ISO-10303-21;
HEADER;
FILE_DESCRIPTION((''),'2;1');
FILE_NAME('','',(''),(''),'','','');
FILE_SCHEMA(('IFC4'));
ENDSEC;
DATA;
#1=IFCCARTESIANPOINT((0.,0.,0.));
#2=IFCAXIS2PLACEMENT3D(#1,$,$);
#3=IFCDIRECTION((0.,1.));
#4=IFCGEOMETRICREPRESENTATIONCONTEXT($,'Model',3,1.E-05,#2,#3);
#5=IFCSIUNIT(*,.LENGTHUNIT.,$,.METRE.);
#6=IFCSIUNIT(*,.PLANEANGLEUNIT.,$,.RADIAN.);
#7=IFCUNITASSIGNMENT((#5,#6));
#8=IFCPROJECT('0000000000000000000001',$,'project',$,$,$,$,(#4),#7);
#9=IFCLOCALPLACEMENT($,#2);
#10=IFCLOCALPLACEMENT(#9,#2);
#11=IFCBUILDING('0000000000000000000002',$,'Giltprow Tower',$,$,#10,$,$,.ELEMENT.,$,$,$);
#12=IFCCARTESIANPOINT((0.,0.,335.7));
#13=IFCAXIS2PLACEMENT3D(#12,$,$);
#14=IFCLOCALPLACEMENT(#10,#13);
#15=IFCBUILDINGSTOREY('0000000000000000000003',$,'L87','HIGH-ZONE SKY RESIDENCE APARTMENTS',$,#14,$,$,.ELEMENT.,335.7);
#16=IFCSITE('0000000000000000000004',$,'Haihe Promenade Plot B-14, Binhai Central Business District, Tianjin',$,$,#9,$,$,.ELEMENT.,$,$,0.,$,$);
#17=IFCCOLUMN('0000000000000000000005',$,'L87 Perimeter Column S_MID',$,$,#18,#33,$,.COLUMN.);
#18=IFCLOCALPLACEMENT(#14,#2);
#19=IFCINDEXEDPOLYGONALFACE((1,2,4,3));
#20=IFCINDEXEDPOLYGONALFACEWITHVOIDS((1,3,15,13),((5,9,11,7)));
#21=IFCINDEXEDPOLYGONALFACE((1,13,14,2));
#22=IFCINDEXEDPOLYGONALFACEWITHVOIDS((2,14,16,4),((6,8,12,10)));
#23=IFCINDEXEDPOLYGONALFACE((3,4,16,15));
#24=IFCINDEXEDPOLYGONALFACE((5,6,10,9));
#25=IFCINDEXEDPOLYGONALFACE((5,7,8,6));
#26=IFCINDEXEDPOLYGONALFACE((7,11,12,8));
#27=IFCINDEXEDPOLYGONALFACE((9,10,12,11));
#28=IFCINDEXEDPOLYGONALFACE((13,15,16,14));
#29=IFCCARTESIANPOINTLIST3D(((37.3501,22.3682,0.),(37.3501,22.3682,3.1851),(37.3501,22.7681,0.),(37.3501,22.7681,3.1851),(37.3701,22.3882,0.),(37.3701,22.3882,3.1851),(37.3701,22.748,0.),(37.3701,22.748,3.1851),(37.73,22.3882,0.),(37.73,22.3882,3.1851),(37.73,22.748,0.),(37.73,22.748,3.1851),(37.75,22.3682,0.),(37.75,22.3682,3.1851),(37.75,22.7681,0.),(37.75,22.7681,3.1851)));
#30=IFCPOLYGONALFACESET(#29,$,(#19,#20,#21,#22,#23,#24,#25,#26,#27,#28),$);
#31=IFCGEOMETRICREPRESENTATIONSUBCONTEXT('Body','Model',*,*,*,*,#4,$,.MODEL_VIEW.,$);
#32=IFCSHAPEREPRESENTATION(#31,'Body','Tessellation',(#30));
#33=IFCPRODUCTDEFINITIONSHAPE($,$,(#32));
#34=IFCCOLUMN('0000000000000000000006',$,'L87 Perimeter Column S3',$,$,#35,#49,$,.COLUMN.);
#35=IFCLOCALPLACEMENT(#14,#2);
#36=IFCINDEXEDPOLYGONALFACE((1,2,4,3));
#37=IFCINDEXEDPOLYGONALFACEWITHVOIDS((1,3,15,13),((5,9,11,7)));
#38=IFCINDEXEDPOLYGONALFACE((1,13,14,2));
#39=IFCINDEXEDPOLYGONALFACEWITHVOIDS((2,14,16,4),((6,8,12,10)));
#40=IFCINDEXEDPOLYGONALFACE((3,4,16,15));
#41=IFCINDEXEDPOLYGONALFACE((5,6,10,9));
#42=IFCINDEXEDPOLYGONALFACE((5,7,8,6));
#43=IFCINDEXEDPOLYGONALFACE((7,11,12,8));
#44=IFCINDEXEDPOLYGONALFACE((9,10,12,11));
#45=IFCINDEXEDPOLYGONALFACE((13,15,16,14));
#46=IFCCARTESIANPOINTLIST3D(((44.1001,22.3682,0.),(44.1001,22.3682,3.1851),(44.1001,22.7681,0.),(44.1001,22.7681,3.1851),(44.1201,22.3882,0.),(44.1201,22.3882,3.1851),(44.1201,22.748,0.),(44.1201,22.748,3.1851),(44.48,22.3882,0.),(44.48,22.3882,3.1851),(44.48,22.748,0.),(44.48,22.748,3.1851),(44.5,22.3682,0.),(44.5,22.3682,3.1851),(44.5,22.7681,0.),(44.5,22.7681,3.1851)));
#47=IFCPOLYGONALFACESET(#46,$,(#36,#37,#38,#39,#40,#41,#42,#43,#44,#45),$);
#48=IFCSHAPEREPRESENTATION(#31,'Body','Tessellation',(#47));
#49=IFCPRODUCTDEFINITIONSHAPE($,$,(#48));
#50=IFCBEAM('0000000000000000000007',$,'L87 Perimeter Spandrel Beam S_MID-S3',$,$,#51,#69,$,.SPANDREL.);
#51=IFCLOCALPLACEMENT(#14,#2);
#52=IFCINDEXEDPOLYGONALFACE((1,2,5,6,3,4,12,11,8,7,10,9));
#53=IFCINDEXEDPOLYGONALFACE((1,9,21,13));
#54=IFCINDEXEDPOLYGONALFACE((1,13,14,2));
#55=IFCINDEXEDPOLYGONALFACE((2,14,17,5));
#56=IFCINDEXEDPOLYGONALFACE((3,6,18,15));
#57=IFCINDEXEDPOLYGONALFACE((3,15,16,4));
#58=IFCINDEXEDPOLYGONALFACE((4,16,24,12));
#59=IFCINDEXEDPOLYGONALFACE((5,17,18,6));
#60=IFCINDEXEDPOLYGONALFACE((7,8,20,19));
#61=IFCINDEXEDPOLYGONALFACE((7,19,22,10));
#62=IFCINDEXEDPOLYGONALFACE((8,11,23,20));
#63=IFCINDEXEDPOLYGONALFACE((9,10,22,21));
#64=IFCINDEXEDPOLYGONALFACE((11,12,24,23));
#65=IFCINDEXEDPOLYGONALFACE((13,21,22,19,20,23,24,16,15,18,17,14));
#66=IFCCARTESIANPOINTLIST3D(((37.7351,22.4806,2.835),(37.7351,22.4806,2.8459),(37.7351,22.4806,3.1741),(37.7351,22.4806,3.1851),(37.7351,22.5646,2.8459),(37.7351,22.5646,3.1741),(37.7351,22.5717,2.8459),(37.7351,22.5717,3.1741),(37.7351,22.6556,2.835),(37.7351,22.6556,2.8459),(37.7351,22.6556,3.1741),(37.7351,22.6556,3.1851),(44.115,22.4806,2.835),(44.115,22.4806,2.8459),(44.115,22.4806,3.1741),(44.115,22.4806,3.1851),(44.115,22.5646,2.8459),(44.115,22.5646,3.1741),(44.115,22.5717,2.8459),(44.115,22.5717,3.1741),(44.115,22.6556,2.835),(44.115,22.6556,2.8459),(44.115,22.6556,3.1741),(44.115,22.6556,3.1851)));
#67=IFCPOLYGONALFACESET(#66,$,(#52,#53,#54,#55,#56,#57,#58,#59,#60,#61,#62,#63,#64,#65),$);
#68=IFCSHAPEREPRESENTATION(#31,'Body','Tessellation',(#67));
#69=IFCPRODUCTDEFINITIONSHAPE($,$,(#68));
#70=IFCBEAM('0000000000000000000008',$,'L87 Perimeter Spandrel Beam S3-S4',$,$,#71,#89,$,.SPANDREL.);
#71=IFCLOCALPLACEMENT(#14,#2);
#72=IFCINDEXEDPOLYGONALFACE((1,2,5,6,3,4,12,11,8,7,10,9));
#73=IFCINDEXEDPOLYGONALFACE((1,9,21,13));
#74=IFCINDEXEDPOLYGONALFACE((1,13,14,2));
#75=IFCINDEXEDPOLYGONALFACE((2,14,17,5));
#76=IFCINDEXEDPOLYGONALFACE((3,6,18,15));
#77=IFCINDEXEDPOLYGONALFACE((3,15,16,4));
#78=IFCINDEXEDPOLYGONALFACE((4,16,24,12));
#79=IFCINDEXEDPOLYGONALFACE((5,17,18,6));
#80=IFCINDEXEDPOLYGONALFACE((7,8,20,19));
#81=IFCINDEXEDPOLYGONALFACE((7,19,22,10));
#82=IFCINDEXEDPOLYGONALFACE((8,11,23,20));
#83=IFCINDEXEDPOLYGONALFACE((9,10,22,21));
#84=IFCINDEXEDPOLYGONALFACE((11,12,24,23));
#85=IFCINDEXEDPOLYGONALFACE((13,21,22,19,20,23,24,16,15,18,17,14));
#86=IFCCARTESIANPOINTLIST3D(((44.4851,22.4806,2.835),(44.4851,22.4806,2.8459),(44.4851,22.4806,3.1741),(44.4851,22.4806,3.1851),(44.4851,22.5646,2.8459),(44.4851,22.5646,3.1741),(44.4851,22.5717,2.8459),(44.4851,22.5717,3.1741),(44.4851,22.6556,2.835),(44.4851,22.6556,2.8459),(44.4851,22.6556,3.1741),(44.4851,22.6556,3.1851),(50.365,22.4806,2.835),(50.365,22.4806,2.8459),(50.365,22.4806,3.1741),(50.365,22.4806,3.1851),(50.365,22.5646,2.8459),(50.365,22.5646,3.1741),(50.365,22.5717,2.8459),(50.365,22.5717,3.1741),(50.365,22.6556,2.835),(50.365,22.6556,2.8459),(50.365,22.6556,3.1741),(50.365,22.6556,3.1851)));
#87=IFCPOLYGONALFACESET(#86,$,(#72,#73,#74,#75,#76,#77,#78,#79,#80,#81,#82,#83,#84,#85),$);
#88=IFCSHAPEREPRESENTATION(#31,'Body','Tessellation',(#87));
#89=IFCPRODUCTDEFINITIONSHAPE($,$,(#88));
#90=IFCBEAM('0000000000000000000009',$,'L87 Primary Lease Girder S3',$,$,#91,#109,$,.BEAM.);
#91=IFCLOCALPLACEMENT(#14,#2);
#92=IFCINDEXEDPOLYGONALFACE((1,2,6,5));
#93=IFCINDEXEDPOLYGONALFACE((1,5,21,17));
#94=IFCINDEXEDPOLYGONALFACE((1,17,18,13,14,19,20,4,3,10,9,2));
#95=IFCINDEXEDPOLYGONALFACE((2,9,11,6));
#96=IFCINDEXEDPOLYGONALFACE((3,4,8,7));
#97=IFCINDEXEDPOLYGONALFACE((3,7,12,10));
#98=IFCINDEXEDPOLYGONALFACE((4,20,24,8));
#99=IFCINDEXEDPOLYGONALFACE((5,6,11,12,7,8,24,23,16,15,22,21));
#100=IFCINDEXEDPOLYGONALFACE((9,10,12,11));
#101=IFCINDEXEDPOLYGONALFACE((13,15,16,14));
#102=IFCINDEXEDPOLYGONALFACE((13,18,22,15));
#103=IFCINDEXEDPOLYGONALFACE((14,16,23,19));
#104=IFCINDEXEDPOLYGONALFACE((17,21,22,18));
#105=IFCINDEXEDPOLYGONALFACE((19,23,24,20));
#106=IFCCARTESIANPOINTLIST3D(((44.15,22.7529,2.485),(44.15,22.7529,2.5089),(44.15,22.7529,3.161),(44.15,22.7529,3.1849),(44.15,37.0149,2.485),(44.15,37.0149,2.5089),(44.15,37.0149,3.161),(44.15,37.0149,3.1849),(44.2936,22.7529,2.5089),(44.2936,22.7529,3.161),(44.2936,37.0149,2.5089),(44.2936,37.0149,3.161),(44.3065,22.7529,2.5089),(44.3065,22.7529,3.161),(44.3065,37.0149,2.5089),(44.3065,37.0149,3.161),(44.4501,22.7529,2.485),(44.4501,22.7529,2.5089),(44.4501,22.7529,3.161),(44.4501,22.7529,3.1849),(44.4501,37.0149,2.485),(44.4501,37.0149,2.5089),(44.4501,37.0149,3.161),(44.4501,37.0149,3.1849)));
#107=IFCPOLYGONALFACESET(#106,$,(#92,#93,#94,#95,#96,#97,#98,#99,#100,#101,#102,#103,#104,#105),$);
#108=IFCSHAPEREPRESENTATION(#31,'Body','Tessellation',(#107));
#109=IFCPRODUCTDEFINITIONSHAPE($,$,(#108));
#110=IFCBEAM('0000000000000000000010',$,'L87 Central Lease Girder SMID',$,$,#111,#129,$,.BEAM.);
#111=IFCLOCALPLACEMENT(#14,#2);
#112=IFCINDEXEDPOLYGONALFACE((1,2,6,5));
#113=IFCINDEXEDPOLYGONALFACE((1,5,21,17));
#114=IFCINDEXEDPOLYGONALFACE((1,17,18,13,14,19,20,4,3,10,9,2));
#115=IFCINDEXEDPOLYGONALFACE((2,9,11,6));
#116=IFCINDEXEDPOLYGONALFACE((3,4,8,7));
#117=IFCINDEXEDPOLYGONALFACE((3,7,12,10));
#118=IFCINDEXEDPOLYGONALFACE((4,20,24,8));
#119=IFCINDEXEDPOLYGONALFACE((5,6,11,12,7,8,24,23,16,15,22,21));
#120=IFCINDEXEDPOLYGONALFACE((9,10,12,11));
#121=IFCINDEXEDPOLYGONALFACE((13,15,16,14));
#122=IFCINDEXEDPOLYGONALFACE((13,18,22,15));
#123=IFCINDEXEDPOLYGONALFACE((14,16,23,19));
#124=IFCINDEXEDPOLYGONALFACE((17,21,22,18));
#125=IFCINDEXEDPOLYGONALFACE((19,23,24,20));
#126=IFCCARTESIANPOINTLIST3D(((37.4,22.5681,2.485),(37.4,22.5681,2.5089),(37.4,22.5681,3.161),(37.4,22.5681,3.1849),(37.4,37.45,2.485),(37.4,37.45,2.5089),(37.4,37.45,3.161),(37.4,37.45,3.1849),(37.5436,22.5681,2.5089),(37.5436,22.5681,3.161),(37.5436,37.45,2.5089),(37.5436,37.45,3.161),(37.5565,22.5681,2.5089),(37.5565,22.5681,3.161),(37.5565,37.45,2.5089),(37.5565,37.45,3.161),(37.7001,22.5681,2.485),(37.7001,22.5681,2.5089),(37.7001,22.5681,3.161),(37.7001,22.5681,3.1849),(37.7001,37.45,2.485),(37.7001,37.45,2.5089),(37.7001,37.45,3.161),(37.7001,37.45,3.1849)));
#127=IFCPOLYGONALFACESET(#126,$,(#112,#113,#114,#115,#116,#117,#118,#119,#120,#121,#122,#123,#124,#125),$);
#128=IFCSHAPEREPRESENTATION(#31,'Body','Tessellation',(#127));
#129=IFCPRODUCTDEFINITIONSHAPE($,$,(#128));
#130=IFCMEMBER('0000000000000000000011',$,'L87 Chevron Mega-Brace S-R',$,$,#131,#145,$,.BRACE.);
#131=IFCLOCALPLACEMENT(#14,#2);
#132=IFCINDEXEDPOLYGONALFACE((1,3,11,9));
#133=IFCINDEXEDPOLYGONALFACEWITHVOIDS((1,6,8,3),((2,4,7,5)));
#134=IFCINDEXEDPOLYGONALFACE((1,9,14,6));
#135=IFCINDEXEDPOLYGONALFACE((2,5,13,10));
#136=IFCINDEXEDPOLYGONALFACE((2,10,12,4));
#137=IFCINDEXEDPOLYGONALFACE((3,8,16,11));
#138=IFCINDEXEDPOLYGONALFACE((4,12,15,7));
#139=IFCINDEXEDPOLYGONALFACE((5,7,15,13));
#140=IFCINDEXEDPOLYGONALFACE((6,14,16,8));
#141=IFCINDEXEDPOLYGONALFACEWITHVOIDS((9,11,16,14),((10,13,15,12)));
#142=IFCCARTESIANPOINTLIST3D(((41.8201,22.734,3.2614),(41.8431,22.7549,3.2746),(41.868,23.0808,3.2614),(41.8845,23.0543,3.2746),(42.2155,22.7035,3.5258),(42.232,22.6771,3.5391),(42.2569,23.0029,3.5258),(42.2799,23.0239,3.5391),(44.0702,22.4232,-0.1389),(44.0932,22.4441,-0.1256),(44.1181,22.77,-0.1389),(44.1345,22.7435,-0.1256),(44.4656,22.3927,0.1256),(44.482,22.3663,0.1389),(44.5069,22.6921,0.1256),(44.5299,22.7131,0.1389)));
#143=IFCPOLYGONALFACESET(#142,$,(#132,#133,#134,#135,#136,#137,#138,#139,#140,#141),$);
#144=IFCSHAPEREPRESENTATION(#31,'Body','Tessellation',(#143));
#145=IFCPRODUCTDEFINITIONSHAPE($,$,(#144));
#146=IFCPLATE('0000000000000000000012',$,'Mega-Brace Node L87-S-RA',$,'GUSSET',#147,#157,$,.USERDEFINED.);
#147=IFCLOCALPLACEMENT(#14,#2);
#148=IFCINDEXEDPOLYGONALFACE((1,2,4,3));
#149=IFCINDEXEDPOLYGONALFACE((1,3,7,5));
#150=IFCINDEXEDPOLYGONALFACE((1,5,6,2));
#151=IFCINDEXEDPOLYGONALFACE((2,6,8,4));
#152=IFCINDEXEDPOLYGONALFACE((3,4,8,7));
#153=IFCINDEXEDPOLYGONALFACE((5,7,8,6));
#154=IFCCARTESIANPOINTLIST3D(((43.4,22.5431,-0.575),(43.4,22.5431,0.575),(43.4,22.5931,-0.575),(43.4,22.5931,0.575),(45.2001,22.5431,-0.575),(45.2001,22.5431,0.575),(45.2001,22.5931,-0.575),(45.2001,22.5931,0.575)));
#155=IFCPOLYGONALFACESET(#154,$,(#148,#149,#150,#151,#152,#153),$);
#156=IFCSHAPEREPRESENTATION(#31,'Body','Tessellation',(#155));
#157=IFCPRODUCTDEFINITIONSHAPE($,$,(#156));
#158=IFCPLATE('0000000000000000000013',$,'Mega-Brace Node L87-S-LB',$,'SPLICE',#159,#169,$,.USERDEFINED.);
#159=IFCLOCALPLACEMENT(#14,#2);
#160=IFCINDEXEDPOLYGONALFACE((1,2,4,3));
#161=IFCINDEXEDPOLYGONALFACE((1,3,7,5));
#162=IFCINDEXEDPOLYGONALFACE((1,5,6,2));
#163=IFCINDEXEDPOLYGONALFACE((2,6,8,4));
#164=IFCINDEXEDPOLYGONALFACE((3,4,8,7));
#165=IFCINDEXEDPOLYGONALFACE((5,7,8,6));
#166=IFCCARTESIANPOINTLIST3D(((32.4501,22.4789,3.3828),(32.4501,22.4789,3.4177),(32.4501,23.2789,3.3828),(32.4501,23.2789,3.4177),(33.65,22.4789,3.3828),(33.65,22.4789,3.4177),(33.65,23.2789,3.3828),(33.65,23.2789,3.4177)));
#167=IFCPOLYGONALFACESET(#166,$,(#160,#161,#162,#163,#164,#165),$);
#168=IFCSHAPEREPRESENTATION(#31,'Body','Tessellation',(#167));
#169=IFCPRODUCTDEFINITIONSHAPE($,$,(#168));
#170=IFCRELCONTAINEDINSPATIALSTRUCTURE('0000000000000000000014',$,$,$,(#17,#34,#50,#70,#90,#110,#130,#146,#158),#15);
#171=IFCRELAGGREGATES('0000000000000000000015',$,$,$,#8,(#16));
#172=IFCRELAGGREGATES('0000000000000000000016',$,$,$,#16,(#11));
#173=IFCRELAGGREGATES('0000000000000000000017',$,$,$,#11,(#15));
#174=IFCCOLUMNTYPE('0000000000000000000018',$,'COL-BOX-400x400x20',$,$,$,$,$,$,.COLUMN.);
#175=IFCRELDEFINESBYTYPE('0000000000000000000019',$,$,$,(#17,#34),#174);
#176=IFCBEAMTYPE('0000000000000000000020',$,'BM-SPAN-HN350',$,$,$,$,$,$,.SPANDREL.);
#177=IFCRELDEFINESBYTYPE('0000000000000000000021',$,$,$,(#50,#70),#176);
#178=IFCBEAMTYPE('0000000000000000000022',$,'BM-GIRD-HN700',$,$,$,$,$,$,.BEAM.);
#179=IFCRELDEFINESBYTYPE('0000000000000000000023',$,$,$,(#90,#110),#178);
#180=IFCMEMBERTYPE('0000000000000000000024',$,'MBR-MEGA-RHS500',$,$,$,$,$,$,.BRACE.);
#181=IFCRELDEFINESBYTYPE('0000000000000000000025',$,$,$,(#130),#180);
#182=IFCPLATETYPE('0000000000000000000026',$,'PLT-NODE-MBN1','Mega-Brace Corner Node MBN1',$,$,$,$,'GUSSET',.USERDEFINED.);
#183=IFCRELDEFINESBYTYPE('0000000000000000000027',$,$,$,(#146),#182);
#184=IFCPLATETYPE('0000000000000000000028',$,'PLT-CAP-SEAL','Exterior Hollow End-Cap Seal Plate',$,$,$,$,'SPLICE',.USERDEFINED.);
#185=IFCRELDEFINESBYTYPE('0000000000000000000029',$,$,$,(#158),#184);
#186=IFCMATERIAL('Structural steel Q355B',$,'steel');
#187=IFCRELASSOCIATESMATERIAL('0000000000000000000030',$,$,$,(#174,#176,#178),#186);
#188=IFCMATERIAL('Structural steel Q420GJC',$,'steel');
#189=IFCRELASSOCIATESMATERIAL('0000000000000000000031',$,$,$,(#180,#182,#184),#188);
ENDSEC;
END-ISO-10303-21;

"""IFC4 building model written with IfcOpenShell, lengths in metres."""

from ifc_helpers import new_model, si_unit, direction, frame, origin, origin_2d, place, context, subcontext, project, spatial, rectangle, hollow_rectangle, i_section, extrude, source, transform, mapped, material, material_profile, profile_set, type_object, element, save


model = new_model("IFC4")

# Units and contexts
model_context = context("Model", 3, precision=1e-05, world=origin(), true_north=direction((0.0, 1.0)))
body_context = subcontext(model_context, "Body", "Model", "MODEL_VIEW")
ifc_project = project(units=[si_unit("LENGTHUNIT", "METRE"), si_unit("PLANEANGLEUNIT", "RADIAN")], contexts=[model_context])

# Site, building, storey
site_placement = place(None, origin())
site = spatial("IfcSite", under=ifc_project, at=site_placement, Name="Haihe Promenade Plot B-14, Binhai Central Business District, Tianjin", CompositionType="ELEMENT", RefElevation=0.0)
building_placement = place(site_placement, origin())
building = spatial("IfcBuilding", under=site, at=building_placement, Name="Giltprow Tower", CompositionType="ELEMENT")
storey_placement = place(building_placement, frame((0.0, 0.0, 335.7)))
storey = spatial("IfcBuildingStorey", under=building, at=storey_placement, Name="L87", Description="HIGH-ZONE SKY RESIDENCE APARTMENTS", CompositionType="ELEMENT", Elevation=335.7)

# Columns
ifc_material_1 = material(Name="Structural steel Q355B", Category="steel")
ifc_material_profile_1 = material_profile(ifc_material_1, hollow_rectangle(XDim=0.3999, YDim=0.3999, WallThickness=0.02, at=origin_2d()), Name="BOX 400x400x20")
ifc_profile_set_1 = profile_set([ifc_material_profile_1], Name="Structural steel Q355B")
column_type = type_object("IfcColumnType", Name="COL-BOX-400x400x20", PredefinedType="COLUMN", material=ifc_profile_set_1)
shared_shape_1 = source(origin(), body_context, "Body", "SweptSolid", [
    extrude(hollow_rectangle(XDim=0.3999, YDim=0.3999, WallThickness=0.02, at=origin_2d()), origin(), (0.0, 0.0, 1.0), 3.1851),
])
for number, where, z_axis, x_axis, name in (
    (1, (37.55, 22.5681, 0.0), (0.0, 0.0, 1.0), (1.0, 0.0, 0.0), "L87 Perimeter Column S_MID"),
    (2, (44.3, 22.5681, 0.0), (0.0, 0.0, 1.0), (1.0, 0.0, 0.0), "L87 Perimeter Column S3"),
):
    element("IfcColumn", number, at=place(storey_placement, frame(where, z_axis=z_axis, x_axis=x_axis)), inside=storey, type_object=column_type, Name=name, PredefinedType="COLUMN", context=body_context, shape_type="MappedRepresentation", body=[
        mapped(shared_shape_1, transform((0.0, 0.0, 0.0), x_axis=(1.0, 0.0, 0.0), y_axis=(0.0, 1.0, 0.0), z_axis=(0.0, 0.0, 1.0), scale=1.0)),
    ])

# Beams
ifc_material_profile_2 = material_profile(ifc_material_1, i_section(OverallWidth=0.175, OverallDepth=0.3501, WebThickness=0.0071, FlangeThickness=0.011, at=origin_2d()), Name="HN 350x175x7x11")
ifc_profile_set_2 = profile_set([ifc_material_profile_2], Name="Structural steel Q355B")
beam_type_1 = type_object("IfcBeamType", Name="BM-SPAN-HN350", PredefinedType="SPANDREL", material=ifc_profile_set_2)
shared_shape_2 = source(origin(), body_context, "Body", "SweptSolid", [
    extrude(i_section(OverallWidth=0.175, OverallDepth=0.3501, WebThickness=0.0071, FlangeThickness=0.011, at=origin_2d()), origin(), (0.0, 0.0, 1.0), 6.3799),
])
beam_1_placement = place(storey_placement, frame((37.7351, 22.5681, 3.01), z_axis=(1.0, 0.0, 0.0), x_axis=(0.0, 1.0, 0.0)))
element("IfcBeam", 3, at=beam_1_placement, inside=storey, type_object=beam_type_1, Name="L87 Perimeter Spandrel Beam S_MID-S3", PredefinedType="SPANDREL", context=body_context, shape_type="MappedRepresentation", body=[
    mapped(shared_shape_2, transform((0.0, 0.0, 0.0), x_axis=(1.0, 0.0, 0.0), y_axis=(0.0, 1.0, 0.0), z_axis=(0.0, 0.0, 1.0), scale=1.0)),
])
shared_shape_3 = source(origin(), body_context, "Body", "SweptSolid", [
    extrude(i_section(OverallWidth=0.175, OverallDepth=0.3501, WebThickness=0.0071, FlangeThickness=0.011, at=origin_2d()), origin(), (0.0, 0.0, 1.0), 5.8799),
])
beam_2_placement = place(storey_placement, frame((44.4851, 22.5681, 3.01), z_axis=(1.0, 0.0, 0.0), x_axis=(0.0, 1.0, 0.0)))
element("IfcBeam", 4, at=beam_2_placement, inside=storey, type_object=beam_type_1, Name="L87 Perimeter Spandrel Beam S3-S4", PredefinedType="SPANDREL", context=body_context, shape_type="MappedRepresentation", body=[
    mapped(shared_shape_3, transform((0.0, 0.0, 0.0), x_axis=(1.0, 0.0, 0.0), y_axis=(0.0, 1.0, 0.0), z_axis=(0.0, 0.0, 1.0), scale=1.0)),
])
ifc_material_profile_3 = material_profile(ifc_material_1, i_section(OverallWidth=0.3, OverallDepth=0.7, WebThickness=0.0129, FlangeThickness=0.0239, at=origin_2d()), Name="HN 700x300x13x24")
ifc_profile_set_3 = profile_set([ifc_material_profile_3], Name="Structural steel Q355B")
beam_type_2 = type_object("IfcBeamType", Name="BM-GIRD-HN700", PredefinedType="BEAM", material=ifc_profile_set_3)
shared_shape_4 = source(origin(), body_context, "Body", "SweptSolid", [
    extrude(i_section(OverallWidth=0.3, OverallDepth=0.7, WebThickness=0.0129, FlangeThickness=0.0239, at=origin_2d()), origin(), (0.0, 0.0, 1.0), 14.262),
])
beam_3_placement = place(storey_placement, frame((44.3, 22.7529, 2.835), z_axis=(0.0, 1.0, 0.0), x_axis=(-1.0, 0.0, 0.0)))
element("IfcBeam", 5, at=beam_3_placement, inside=storey, type_object=beam_type_2, Name="L87 Primary Lease Girder S3", PredefinedType="BEAM", context=body_context, shape_type="MappedRepresentation", body=[
    mapped(shared_shape_4, transform((0.0, 0.0, 0.0), x_axis=(1.0, 0.0, 0.0), y_axis=(0.0, 1.0, 0.0), z_axis=(0.0, 0.0, 1.0), scale=1.0)),
])
shared_shape_5 = source(origin(), body_context, "Body", "SweptSolid", [
    extrude(i_section(OverallWidth=0.3, OverallDepth=0.7, WebThickness=0.0129, FlangeThickness=0.0239, at=origin_2d()), origin(), (0.0, 0.0, 1.0), 14.8818),
])
beam_4_placement = place(storey_placement, frame((37.55, 22.5681, 2.835), z_axis=(0.0, 1.0, 0.0), x_axis=(-1.0, 0.0, 0.0)))
element("IfcBeam", 6, at=beam_4_placement, inside=storey, type_object=beam_type_2, Name="L87 Central Lease Girder SMID", PredefinedType="BEAM", context=body_context, shape_type="MappedRepresentation", body=[
    mapped(shared_shape_5, transform((0.0, 0.0, 0.0), x_axis=(1.0, 0.0, 0.0), y_axis=(0.0, 1.0, 0.0), z_axis=(0.0, 0.0, 1.0), scale=1.0)),
])

# Member
ifc_material_2 = material(Name="Structural steel Q420GJC", Category="steel")
ifc_material_profile_4 = material_profile(ifc_material_2, hollow_rectangle(XDim=0.3501, YDim=0.5, WallThickness=0.0239, at=origin_2d()), Name="RHS 500x350x24")
ifc_profile_set_4 = profile_set([ifc_material_profile_4], Name="Structural steel Q420GJC")
member_type = type_object("IfcMemberType", Name="MBR-MEGA-RHS500", PredefinedType="BRACE", material=ifc_profile_set_4)
shared_shape_6 = source(origin(), body_context, "Body", "SweptSolid", [
    extrude(hollow_rectangle(XDim=0.3501, YDim=0.5, WallThickness=0.0239, at=origin_2d()), origin(), (0.0, 0.0, 1.0), 4.0891),
])
member_placement = place(storey_placement, frame((44.3, 22.5681, 0.0), z_axis=(-0.550254, 0.076006, 0.831531), x_axis=(-0.13683, -0.990595, 0.0)))
element("IfcMember", 7, at=member_placement, inside=storey, type_object=member_type, Name="L87 Chevron Mega-Brace S-R", PredefinedType="BRACE", context=body_context, shape_type="MappedRepresentation", body=[
    mapped(shared_shape_6, transform((0.0, 0.0, 0.0), x_axis=(1.0, 0.0, 0.0), y_axis=(0.0, 1.0, 0.0), z_axis=(0.0, 0.0, 1.0), scale=1.0)),
])

# Plates
plate_type_1 = type_object("IfcPlateType", Name="PLT-NODE-MBN1", Description="Mega-Brace Corner Node MBN1", ElementType="GUSSET", PredefinedType="USERDEFINED", material=ifc_material_2)
shared_shape_7 = source(origin(), body_context, "Body", "SweptSolid", [
    extrude(rectangle(XDim=1.8, YDim=0.05, at=origin_2d()), origin(), (0.0, 0.0, 1.0), 1.1499),
])
plate_1_placement = place(storey_placement, frame((44.3, 22.5681, -0.575), z_axis=(0.0, 0.0, 1.0), x_axis=(1.0, 0.0, 0.0)))
element("IfcPlate", 8, at=plate_1_placement, inside=storey, type_object=plate_type_1, Name="Mega-Brace Node L87-S-RA", ObjectType="GUSSET", PredefinedType="USERDEFINED", context=body_context, shape_type="MappedRepresentation", body=[
    mapped(shared_shape_7, transform((0.0, 0.0, 0.0), x_axis=(1.0, 0.0, 0.0), y_axis=(0.0, 1.0, 0.0), z_axis=(0.0, 0.0, 1.0), scale=1.0)),
])
plate_type_2 = type_object("IfcPlateType", Name="PLT-CAP-SEAL", Description="Exterior Hollow End-Cap Seal Plate", ElementType="SPLICE", PredefinedType="USERDEFINED", material=ifc_material_2)
shared_shape_8 = source(origin(), body_context, "Body", "SweptSolid", [
    extrude(rectangle(XDim=1.2, YDim=0.8, at=origin_2d()), origin(), (0.0, 0.0, 1.0), 0.0349),
])
plate_2_placement = place(storey_placement, frame((33.05, 22.8789, 3.3828), z_axis=(0.0, 0.0, 1.0), x_axis=(1.0, 0.0, 0.0)))
element("IfcPlate", 9, at=plate_2_placement, inside=storey, type_object=plate_type_2, Name="Mega-Brace Node L87-S-LB", ObjectType="SPLICE", PredefinedType="USERDEFINED", context=body_context, shape_type="MappedRepresentation", body=[
    mapped(shared_shape_8, transform((0.0, 0.0, 0.0), x_axis=(1.0, 0.0, 0.0), y_axis=(0.0, 1.0, 0.0), z_axis=(0.0, 0.0, 1.0), scale=1.0)),
])

save(model, "model.ifc")
